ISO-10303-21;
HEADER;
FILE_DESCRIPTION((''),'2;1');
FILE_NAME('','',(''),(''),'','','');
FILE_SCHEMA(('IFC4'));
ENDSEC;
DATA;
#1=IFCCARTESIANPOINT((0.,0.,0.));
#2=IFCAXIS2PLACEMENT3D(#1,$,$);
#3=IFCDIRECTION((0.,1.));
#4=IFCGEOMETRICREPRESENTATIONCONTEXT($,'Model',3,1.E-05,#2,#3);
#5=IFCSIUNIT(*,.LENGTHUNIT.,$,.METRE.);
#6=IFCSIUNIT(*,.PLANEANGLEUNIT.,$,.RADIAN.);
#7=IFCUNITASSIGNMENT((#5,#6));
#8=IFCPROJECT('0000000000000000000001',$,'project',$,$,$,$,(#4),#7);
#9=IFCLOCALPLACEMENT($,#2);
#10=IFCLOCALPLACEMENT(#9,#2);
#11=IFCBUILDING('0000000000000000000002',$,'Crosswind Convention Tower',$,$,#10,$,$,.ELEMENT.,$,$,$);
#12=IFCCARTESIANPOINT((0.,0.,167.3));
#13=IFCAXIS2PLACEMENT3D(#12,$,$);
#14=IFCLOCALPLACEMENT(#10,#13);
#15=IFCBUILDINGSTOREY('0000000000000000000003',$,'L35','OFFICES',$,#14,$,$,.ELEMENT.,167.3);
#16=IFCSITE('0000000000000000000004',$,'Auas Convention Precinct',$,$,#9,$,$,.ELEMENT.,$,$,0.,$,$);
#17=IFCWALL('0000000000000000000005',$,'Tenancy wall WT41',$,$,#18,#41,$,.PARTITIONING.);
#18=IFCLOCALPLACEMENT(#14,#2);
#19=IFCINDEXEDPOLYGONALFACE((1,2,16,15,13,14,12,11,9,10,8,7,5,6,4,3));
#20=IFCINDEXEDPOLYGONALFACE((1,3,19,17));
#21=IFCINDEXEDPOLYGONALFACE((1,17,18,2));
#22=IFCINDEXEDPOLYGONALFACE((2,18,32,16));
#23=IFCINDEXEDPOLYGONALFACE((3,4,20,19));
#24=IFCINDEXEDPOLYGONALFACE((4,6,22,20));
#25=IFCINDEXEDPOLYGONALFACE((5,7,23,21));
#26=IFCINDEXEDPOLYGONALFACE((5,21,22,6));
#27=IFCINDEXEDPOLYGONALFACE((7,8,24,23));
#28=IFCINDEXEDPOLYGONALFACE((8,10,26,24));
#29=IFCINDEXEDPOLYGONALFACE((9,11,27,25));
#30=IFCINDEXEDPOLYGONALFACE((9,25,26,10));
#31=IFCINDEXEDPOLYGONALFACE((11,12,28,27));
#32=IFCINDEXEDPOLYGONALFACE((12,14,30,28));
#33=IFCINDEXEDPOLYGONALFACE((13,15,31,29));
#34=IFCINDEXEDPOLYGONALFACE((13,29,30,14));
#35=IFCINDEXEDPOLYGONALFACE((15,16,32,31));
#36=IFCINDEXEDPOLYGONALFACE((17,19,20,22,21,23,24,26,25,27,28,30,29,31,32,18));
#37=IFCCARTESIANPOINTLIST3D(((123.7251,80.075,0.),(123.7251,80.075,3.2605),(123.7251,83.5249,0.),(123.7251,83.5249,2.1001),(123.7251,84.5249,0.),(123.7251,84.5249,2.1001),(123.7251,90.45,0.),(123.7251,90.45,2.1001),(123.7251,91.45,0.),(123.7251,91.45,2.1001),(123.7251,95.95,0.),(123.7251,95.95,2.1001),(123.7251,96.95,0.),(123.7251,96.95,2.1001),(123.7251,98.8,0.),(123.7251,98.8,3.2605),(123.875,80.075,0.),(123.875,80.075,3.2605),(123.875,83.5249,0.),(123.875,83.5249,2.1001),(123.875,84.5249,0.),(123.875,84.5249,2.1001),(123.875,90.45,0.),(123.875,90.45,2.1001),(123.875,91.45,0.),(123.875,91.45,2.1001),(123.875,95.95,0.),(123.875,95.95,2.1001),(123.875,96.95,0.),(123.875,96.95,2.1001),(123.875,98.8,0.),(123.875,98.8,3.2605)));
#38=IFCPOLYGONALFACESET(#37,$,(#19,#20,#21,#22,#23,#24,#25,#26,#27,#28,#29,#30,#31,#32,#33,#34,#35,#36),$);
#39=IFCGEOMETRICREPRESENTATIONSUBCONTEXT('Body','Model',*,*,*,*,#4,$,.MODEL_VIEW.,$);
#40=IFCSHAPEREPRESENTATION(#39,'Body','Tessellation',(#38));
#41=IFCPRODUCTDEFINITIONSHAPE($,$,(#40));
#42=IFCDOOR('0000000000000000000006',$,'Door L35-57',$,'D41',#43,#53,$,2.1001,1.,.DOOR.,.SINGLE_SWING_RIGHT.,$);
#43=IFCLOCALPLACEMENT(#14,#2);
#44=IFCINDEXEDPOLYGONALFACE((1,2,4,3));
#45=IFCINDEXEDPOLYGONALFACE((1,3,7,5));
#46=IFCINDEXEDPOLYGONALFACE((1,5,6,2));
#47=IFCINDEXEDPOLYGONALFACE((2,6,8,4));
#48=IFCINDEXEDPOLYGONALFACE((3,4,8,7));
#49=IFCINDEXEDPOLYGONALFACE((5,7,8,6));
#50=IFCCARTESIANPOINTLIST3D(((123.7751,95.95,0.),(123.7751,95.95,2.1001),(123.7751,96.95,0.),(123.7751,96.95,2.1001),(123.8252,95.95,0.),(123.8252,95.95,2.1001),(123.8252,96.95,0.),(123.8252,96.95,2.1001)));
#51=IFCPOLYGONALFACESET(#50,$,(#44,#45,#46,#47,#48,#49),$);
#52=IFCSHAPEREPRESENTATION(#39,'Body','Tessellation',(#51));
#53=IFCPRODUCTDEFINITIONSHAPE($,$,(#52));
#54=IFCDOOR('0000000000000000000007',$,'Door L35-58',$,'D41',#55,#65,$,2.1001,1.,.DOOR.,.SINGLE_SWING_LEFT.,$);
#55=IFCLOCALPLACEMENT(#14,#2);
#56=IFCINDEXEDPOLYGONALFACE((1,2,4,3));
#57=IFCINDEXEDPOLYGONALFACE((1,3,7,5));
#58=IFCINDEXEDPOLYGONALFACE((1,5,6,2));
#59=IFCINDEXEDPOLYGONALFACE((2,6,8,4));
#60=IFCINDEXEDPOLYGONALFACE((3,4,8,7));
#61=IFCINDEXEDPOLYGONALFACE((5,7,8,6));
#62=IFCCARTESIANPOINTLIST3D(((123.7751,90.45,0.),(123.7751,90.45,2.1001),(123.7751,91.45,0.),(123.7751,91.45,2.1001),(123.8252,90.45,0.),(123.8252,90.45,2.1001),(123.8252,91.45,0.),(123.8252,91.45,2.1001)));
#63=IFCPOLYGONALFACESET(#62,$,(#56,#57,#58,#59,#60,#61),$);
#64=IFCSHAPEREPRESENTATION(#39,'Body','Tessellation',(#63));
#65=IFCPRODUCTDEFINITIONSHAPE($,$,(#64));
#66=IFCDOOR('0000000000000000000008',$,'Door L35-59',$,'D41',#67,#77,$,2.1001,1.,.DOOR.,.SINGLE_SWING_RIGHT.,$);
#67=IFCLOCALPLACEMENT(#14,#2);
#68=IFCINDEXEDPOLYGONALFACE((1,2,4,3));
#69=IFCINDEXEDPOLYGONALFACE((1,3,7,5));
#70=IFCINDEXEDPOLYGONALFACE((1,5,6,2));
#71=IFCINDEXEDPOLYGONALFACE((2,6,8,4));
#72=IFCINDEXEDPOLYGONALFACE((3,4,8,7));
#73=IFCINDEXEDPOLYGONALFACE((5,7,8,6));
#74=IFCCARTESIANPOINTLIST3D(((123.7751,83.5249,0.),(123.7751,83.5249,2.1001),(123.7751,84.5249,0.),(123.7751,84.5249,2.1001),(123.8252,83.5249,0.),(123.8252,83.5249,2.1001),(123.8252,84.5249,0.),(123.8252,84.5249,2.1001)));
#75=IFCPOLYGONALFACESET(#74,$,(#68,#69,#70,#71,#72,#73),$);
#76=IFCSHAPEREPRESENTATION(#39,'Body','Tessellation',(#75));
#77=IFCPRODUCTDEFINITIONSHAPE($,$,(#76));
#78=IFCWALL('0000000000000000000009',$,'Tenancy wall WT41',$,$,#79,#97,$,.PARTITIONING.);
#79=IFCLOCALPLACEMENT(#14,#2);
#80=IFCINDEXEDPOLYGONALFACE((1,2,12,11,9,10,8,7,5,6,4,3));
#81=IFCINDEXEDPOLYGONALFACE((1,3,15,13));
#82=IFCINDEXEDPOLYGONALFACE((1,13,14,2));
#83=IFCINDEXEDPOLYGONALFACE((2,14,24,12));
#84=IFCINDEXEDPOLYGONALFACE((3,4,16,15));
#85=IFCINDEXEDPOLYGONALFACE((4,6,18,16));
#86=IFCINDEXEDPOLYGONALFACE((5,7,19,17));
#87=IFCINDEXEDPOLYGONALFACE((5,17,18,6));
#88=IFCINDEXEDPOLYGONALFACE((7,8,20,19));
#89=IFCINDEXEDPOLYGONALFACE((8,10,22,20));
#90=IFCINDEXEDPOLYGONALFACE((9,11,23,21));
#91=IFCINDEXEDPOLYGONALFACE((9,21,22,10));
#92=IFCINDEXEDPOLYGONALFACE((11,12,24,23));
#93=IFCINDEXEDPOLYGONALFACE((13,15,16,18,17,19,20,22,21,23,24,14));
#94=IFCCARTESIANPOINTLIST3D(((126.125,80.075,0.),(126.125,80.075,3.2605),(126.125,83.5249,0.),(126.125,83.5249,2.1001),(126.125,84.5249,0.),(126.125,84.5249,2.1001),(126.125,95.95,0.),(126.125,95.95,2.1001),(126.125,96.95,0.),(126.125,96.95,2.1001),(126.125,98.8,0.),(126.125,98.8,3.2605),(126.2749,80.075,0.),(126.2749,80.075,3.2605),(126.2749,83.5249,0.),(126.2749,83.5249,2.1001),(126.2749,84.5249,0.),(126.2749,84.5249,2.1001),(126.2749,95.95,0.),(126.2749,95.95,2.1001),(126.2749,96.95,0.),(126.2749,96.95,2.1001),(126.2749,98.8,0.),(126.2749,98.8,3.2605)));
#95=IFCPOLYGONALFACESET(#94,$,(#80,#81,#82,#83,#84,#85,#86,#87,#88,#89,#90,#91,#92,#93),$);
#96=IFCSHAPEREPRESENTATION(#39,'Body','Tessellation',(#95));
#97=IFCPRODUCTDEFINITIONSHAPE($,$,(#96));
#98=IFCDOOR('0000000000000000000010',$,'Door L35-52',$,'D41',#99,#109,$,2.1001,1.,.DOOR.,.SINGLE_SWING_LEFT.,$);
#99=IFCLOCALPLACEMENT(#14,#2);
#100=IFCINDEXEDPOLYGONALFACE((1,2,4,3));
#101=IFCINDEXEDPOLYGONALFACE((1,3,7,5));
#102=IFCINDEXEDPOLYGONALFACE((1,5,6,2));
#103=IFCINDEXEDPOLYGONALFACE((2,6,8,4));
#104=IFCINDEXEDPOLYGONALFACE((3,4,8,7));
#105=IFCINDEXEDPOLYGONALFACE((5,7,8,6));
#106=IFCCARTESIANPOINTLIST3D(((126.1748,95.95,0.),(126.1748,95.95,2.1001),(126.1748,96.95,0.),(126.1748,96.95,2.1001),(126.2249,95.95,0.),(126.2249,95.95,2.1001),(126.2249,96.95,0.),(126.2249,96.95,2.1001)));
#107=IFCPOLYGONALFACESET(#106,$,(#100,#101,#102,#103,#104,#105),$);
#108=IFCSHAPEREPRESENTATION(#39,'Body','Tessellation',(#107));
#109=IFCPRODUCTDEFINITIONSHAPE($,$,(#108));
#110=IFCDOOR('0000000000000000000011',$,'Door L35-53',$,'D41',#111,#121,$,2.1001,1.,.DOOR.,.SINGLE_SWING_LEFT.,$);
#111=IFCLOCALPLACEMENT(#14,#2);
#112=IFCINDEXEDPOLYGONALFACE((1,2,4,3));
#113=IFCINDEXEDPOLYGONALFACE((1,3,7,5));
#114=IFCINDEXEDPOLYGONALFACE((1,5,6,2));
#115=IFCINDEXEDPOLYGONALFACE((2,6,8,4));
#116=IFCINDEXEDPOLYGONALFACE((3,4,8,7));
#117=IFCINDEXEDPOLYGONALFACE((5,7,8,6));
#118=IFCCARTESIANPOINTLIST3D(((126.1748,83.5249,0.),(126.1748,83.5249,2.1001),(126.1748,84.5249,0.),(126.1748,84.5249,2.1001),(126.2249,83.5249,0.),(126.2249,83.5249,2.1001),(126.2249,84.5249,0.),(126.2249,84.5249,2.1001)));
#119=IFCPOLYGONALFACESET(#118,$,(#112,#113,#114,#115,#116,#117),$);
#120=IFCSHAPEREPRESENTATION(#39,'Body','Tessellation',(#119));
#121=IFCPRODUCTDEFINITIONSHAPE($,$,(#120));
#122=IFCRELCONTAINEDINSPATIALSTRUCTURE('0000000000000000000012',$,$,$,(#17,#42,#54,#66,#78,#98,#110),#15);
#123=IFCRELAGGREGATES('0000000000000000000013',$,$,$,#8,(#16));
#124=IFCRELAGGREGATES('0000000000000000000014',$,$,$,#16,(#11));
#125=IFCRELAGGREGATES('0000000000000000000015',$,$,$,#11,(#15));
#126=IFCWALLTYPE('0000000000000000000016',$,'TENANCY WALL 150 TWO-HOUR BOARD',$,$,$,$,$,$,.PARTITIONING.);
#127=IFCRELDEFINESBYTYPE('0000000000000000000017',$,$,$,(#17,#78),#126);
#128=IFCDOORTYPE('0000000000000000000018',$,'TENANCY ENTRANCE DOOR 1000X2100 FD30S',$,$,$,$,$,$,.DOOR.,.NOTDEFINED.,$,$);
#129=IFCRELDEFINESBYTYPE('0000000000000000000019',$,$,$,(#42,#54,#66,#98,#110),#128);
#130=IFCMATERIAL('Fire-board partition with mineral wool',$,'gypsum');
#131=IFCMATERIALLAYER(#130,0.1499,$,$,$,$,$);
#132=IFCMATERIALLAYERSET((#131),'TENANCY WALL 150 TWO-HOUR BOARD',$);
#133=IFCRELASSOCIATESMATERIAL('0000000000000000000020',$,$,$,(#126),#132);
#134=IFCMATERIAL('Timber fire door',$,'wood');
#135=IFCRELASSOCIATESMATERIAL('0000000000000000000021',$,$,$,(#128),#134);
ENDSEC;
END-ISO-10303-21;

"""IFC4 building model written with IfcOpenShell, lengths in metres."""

from ifc_helpers import new_model, si_unit, direction, frame, frame_2d, origin, place, context, subcontext, project, spatial, rectangle, extrude, material, layer, layer_set, type_object, element, fill, save


model = new_model("IFC4")

# Units and contexts
model_context = context("Model", 3, precision=1e-05, world=origin(), true_north=direction((0.0, 1.0)))
body_context = subcontext(model_context, "Body", "Model", "MODEL_VIEW")
ifc_project = project(units=[si_unit("LENGTHUNIT", "METRE"), si_unit("PLANEANGLEUNIT", "RADIAN")], contexts=[model_context])

# Site, building, storey
site_placement = place(None, origin())
site = spatial("IfcSite", under=ifc_project, at=site_placement, Name="Auas Convention Precinct", CompositionType="ELEMENT", RefElevation=0.0)
building_placement = place(site_placement, origin())
building = spatial("IfcBuilding", under=site, at=building_placement, Name="Crosswind Convention Tower", CompositionType="ELEMENT")
storey_placement = place(building_placement, frame((0.0, 0.0, 167.3)))
storey = spatial("IfcBuildingStorey", under=building, at=storey_placement, Name="L35", Description="OFFICES", CompositionType="ELEMENT", Elevation=167.3)

# Walls, openings, doors
ifc_material_1 = material(Name="Fire-board partition with mineral wool", Category="gypsum")
ifc_layer_1 = layer(ifc_material_1, 0.1499)
ifc_layer_set_1 = layer_set([ifc_layer_1], Name="TENANCY WALL 150 TWO-HOUR BOARD")
wall_type_1 = type_object("IfcWallType", Name="TENANCY WALL 150 TWO-HOUR BOARD", PredefinedType="PARTITIONING", material=ifc_layer_set_1)
wall_1_placement = place(storey_placement, frame((123.8, 80.075, 0.0), z_axis=(0.0, 0.0, 1.0), x_axis=(0.0, 1.0, 0.0)))
wall_1 = element("IfcWall", 1, at=wall_1_placement, inside=storey, type_object=wall_type_1, Name="Tenancy wall WT41", PredefinedType="PARTITIONING", context=body_context, shape_type="SweptSolid", body=[
    extrude(rectangle(XDim=18.7251, YDim=0.1499, at=frame_2d((9.3625, 0.0))), origin(), (0.0, 0.0, 1.0), 3.2605),
])
opening_1_placement = place(wall_1_placement, frame((15.875, 0.0, 0.0)))
opening_1 = element("IfcOpeningElement", 2, at=opening_1_placement, cuts=wall_1, PredefinedType="OPENING", context=body_context, shape_type="SweptSolid", body=[
    extrude(rectangle(XDim=1.0, YDim=2.1001, at=frame_2d((0.5, 1.05))), frame((0.0, 0.085, 0.0), z_axis=(0.0, -1.0, 0.0), x_axis=(1.0, 0.0, 0.0)), (0.0, 0.0, 1.0), 0.1699),
])
opening_2_placement = place(wall_1_placement, frame((10.375, 0.0, 0.0)))
opening_2 = element("IfcOpeningElement", 3, at=opening_2_placement, cuts=wall_1, PredefinedType="OPENING", context=body_context, shape_type="SweptSolid", body=[
    extrude(rectangle(XDim=1.0, YDim=2.1001, at=frame_2d((0.5, 1.05))), frame((0.0, 0.085, 0.0), z_axis=(0.0, -1.0, 0.0), x_axis=(1.0, 0.0, 0.0)), (0.0, 0.0, 1.0), 0.1699),
])
opening_3_placement = place(wall_1_placement, frame((3.45, 0.0, 0.0)))
opening_3 = element("IfcOpeningElement", 4, at=opening_3_placement, cuts=wall_1, PredefinedType="OPENING", context=body_context, shape_type="SweptSolid", body=[
    extrude(rectangle(XDim=1.0, YDim=2.1001, at=frame_2d((0.5, 1.05))), frame((0.0, 0.085, 0.0), z_axis=(0.0, -1.0, 0.0), x_axis=(1.0, 0.0, 0.0)), (0.0, 0.0, 1.0), 0.1699),
])
ifc_material_2 = material(Name="Timber fire door", Category="wood")
door_type_1 = type_object("IfcDoorType", Name="TENANCY ENTRANCE DOOR 1000X2100 FD30S", OperationType="NOTDEFINED", PredefinedType="DOOR", material=ifc_material_2)
door_1_placement = place(opening_1_placement, origin())
door_1 = element("IfcDoor", 5, at=door_1_placement, inside=storey, type_object=door_type_1, Name="Door L35-57", ObjectType="D41", OperationType="SINGLE_SWING_RIGHT", OverallHeight=2.1001, OverallWidth=1.0, PredefinedType="DOOR", context=body_context, shape_type="SweptSolid", body=[
    extrude(rectangle(XDim=1.0, YDim=2.1001, at=frame_2d((0.5, 1.05))), frame((0.0, 0.0249, 0.0), z_axis=(0.0, -1.0, 0.0), x_axis=(1.0, 0.0, 0.0)), (0.0, 0.0, 1.0), 0.05),
])
fill(opening_1, door_1)
door_2_placement = place(opening_2_placement, origin())
door_2 = element("IfcDoor", 6, at=door_2_placement, inside=storey, type_object=door_type_1, Name="Door L35-58", ObjectType="D41", OperationType="SINGLE_SWING_LEFT", OverallHeight=2.1001, OverallWidth=1.0, PredefinedType="DOOR", context=body_context, shape_type="SweptSolid", body=[
    extrude(rectangle(XDim=1.0, YDim=2.1001, at=frame_2d((0.5, 1.05))), frame((0.0, 0.0249, 0.0), z_axis=(0.0, -1.0, 0.0), x_axis=(1.0, 0.0, 0.0)), (0.0, 0.0, 1.0), 0.05),
])
fill(opening_2, door_2)
door_3_placement = place(opening_3_placement, origin())
door_3 = element("IfcDoor", 7, at=door_3_placement, inside=storey, type_object=door_type_1, Name="Door L35-59", ObjectType="D41", OperationType="SINGLE_SWING_RIGHT", OverallHeight=2.1001, OverallWidth=1.0, PredefinedType="DOOR", context=body_context, shape_type="SweptSolid", body=[
    extrude(rectangle(XDim=1.0, YDim=2.1001, at=frame_2d((0.5, 1.05))), frame((0.0, 0.0249, 0.0), z_axis=(0.0, -1.0, 0.0), x_axis=(1.0, 0.0, 0.0)), (0.0, 0.0, 1.0), 0.05),
])
fill(opening_3, door_3)
wall_2_placement = place(storey_placement, frame((126.2, 80.075, 0.0), z_axis=(0.0, 0.0, 1.0), x_axis=(0.0, 1.0, 0.0)))
wall_2 = element("IfcWall", 8, at=wall_2_placement, inside=storey, type_object=wall_type_1, Name="Tenancy wall WT41", PredefinedType="PARTITIONING", context=body_context, shape_type="SweptSolid", body=[
    extrude(rectangle(XDim=18.7251, YDim=0.1499, at=frame_2d((9.3625, 0.0))), origin(), (0.0, 0.0, 1.0), 3.2605),
])
opening_4_placement = place(wall_2_placement, frame((15.875, 0.0, 0.0)))
opening_4 = element("IfcOpeningElement", 9, at=opening_4_placement, cuts=wall_2, PredefinedType="OPENING", context=body_context, shape_type="SweptSolid", body=[
    extrude(rectangle(XDim=1.0, YDim=2.1001, at=frame_2d((0.5, 1.05))), frame((0.0, 0.085, 0.0), z_axis=(0.0, -1.0, 0.0), x_axis=(1.0, 0.0, 0.0)), (0.0, 0.0, 1.0), 0.1699),
])
opening_5_placement = place(wall_2_placement, frame((3.45, 0.0, 0.0)))
opening_5 = element("IfcOpeningElement", 10, at=opening_5_placement, cuts=wall_2, PredefinedType="OPENING", context=body_context, shape_type="SweptSolid", body=[
    extrude(rectangle(XDim=1.0, YDim=2.1001, at=frame_2d((0.5, 1.05))), frame((0.0, 0.085, 0.0), z_axis=(0.0, -1.0, 0.0), x_axis=(1.0, 0.0, 0.0)), (0.0, 0.0, 1.0), 0.1699),
])
door_4_placement = place(opening_4_placement, frame((1.0, 0.0, 0.0), z_axis=(0.0, 0.0, 1.0), x_axis=(-1.0, 0.0, 0.0)))
door_4 = element("IfcDoor", 11, at=door_4_placement, inside=storey, type_object=door_type_1, Name="Door L35-52", ObjectType="D41", OperationType="SINGLE_SWING_LEFT", OverallHeight=2.1001, OverallWidth=1.0, PredefinedType="DOOR", context=body_context, shape_type="SweptSolid", body=[
    extrude(rectangle(XDim=1.0, YDim=2.1001, at=frame_2d((0.5, 1.05))), frame((0.0, 0.0249, 0.0), z_axis=(0.0, -1.0, 0.0), x_axis=(1.0, 0.0, 0.0)), (0.0, 0.0, 1.0), 0.05),
])
fill(opening_4, door_4)
door_5_placement = place(opening_5_placement, frame((1.0, 0.0, 0.0), z_axis=(0.0, 0.0, 1.0), x_axis=(-1.0, 0.0, 0.0)))
door_5 = element("IfcDoor", 12, at=door_5_placement, inside=storey, type_object=door_type_1, Name="Door L35-53", ObjectType="D41", OperationType="SINGLE_SWING_LEFT", OverallHeight=2.1001, OverallWidth=1.0, PredefinedType="DOOR", context=body_context, shape_type="SweptSolid", body=[
    extrude(rectangle(XDim=1.0, YDim=2.1001, at=frame_2d((0.5, 1.05))), frame((0.0, 0.0249, 0.0), z_axis=(0.0, -1.0, 0.0), x_axis=(1.0, 0.0, 0.0)), (0.0, 0.0, 1.0), 0.05),
])
fill(opening_5, door_5)

save(model, "model.ifc")
